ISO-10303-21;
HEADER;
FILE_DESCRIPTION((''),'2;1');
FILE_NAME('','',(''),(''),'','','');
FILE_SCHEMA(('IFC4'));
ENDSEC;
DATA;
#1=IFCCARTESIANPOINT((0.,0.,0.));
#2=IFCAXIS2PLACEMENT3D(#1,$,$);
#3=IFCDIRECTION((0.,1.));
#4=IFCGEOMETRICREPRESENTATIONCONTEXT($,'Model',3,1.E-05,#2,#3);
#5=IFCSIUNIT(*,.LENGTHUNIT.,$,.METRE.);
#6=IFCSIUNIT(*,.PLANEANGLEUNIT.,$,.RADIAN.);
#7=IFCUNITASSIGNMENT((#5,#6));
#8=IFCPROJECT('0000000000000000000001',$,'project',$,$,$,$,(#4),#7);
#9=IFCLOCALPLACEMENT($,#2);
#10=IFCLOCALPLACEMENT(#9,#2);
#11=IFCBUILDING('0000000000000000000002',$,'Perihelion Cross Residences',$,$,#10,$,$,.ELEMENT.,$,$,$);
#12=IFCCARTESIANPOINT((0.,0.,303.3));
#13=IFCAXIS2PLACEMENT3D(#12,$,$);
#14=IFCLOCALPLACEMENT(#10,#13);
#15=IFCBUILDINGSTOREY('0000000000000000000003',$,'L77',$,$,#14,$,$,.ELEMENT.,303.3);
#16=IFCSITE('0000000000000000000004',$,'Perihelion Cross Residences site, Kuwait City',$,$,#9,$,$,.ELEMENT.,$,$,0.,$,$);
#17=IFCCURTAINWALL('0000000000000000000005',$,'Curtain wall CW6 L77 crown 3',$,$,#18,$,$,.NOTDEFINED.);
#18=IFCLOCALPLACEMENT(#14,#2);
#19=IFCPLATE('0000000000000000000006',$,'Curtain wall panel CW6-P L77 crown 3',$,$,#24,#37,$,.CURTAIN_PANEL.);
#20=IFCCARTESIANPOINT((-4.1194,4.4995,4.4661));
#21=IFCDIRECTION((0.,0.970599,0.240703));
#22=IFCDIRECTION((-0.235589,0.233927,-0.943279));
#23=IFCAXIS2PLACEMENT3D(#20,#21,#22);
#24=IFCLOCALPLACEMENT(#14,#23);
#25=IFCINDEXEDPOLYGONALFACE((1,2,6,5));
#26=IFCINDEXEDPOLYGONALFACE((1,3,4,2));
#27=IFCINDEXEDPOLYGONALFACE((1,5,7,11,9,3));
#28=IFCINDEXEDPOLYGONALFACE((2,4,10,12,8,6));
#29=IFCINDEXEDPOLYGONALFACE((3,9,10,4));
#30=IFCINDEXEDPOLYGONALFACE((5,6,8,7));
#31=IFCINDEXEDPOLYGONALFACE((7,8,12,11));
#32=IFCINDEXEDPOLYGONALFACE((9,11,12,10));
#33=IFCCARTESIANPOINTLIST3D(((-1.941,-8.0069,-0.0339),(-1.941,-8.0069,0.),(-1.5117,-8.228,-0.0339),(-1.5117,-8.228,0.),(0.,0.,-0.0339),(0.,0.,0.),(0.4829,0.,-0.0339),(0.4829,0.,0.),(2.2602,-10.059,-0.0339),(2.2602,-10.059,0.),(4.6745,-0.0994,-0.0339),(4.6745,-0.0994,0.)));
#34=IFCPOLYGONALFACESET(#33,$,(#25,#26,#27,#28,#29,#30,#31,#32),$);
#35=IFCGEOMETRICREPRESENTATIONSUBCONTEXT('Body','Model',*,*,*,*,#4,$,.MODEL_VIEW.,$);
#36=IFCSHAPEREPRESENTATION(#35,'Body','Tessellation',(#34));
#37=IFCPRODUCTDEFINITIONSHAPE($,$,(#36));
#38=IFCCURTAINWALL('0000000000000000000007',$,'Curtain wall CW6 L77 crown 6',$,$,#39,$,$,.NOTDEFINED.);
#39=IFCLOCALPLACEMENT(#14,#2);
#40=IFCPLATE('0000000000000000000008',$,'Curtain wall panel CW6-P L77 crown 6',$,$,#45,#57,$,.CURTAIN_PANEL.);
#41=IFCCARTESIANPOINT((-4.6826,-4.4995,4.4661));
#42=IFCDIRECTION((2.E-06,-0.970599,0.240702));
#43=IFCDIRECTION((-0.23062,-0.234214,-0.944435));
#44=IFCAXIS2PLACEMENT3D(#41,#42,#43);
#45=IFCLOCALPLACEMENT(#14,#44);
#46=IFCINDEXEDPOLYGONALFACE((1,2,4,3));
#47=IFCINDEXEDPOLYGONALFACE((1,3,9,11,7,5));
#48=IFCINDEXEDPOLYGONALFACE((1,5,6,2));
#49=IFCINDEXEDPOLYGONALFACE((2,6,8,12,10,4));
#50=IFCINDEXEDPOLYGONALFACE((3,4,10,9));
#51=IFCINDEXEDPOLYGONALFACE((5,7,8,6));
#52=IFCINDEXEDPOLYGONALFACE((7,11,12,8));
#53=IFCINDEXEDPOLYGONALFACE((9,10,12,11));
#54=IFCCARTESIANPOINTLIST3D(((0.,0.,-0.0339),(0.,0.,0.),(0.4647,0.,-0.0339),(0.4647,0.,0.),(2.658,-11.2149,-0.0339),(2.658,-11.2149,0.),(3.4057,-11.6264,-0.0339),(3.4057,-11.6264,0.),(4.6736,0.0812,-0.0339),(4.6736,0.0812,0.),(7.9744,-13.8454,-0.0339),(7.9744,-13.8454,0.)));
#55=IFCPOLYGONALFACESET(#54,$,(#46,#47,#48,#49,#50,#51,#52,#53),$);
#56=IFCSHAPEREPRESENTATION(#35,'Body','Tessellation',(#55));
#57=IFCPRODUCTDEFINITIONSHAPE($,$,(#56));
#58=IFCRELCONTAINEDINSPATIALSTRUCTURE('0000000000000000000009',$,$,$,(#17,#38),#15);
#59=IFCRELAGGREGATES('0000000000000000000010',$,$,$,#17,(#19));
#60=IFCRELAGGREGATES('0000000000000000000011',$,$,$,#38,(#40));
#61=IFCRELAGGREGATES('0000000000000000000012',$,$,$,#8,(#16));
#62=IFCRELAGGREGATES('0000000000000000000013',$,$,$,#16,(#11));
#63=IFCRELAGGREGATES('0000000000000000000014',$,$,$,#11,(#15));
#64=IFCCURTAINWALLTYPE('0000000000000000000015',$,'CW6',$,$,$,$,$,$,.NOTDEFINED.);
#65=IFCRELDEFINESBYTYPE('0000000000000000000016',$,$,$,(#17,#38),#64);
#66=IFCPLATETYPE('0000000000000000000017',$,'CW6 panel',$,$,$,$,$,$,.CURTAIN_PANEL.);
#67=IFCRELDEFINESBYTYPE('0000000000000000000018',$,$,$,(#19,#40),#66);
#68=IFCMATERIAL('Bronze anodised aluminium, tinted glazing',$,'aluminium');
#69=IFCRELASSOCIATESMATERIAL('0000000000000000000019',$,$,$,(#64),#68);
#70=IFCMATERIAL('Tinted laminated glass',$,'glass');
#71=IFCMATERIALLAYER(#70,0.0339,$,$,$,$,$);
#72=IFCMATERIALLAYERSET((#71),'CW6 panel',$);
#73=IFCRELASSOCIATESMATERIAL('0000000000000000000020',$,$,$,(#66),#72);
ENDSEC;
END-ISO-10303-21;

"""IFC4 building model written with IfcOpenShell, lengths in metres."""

from ifc_helpers import new_model, si_unit, direction, frame, origin, place, context, subcontext, project, spatial, polyline, outline, extrude, material, layer, layer_set, type_object, element, aggregate, save


model = new_model("IFC4")

# Units and contexts
model_context = context("Model", 3, precision=1e-05, world=origin(), true_north=direction((0.0, 1.0)))
body_context = subcontext(model_context, "Body", "Model", "MODEL_VIEW")
ifc_project = project(units=[si_unit("LENGTHUNIT", "METRE"), si_unit("PLANEANGLEUNIT", "RADIAN")], contexts=[model_context])

# Site, building, storey
site_placement = place(None, origin())
site = spatial("IfcSite", under=ifc_project, at=site_placement, Name="Perihelion Cross Residences site, Kuwait City", CompositionType="ELEMENT", RefElevation=0.0)
building_placement = place(site_placement, origin())
building = spatial("IfcBuilding", under=site, at=building_placement, Name="Perihelion Cross Residences", CompositionType="ELEMENT")
storey_placement = place(building_placement, frame((0.0, 0.0, 303.3)))
storey = spatial("IfcBuildingStorey", under=building, at=storey_placement, Name="L77", CompositionType="ELEMENT", Elevation=303.3)

# Shared definitions
ifc_material_1 = material(Name="Bronze anodised aluminium, tinted glazing", Category="aluminium")
curtain_wall_type = type_object("IfcCurtainWallType", Name="CW6", PredefinedType="NOTDEFINED", material=ifc_material_1)

# Curtain walls, plates
curtain_wall_1_placement = place(storey_placement, origin())
curtain_wall_1 = element("IfcCurtainWall", 1, at=curtain_wall_1_placement, inside=storey, type_object=curtain_wall_type, Name="Curtain wall CW6 L77 crown 3", PredefinedType="NOTDEFINED")
ifc_material_2 = material(Name="Tinted laminated glass", Category="glass")
ifc_layer_1 = layer(ifc_material_2, 0.0339)
ifc_layer_set_1 = layer_set([ifc_layer_1], Name="CW6 panel")
plate_type = type_object("IfcPlateType", Name="CW6 panel", PredefinedType="CURTAIN_PANEL", material=ifc_layer_set_1)
plate_1_placement = place(storey_placement, frame((-4.1194, 4.4995, 4.4661), z_axis=(0.0, 0.970599, 0.240703), x_axis=(-0.235589, 0.233927, -0.943279)))
plate_1 = element("IfcPlate", 2, at=plate_1_placement, type_object=plate_type, Name="Curtain wall panel CW6-P L77 crown 3", PredefinedType="CURTAIN_PANEL", context=body_context, shape_type="SweptSolid", body=[
    extrude(outline(polyline([(0.0, 0.0), (0.4829, 0.0), (4.6745, -0.0994), (2.2602, -10.059), (-1.5117, -8.228), (-1.941, -8.0069), (0.0, 0.0)])), origin(), (0.0, 0.0, -1.0), 0.0339),
])
aggregate(curtain_wall_1, [plate_1])
curtain_wall_2_placement = place(storey_placement, origin())
curtain_wall_2 = element("IfcCurtainWall", 3, at=curtain_wall_2_placement, inside=storey, type_object=curtain_wall_type, Name="Curtain wall CW6 L77 crown 6", PredefinedType="NOTDEFINED")
plate_2_placement = place(storey_placement, frame((-4.6826, -4.4995, 4.4661), z_axis=(0.000002, -0.970599, 0.240702), x_axis=(-0.23062, -0.234214, -0.944435)))
plate_2 = element("IfcPlate", 4, at=plate_2_placement, type_object=plate_type, Name="Curtain wall panel CW6-P L77 crown 6", PredefinedType="CURTAIN_PANEL", context=body_context, shape_type="SweptSolid", body=[
    extrude(outline(polyline([(0.0, 0.0), (0.4647, 0.0), (4.6736, 0.0812), (7.9744, -13.8454), (3.4057, -11.6264), (2.658, -11.2149), (0.0, 0.0)])), origin(), (0.0, 0.0, -1.0), 0.0339),
])
aggregate(curtain_wall_2, [plate_2])

save(model, "model.ifc")
